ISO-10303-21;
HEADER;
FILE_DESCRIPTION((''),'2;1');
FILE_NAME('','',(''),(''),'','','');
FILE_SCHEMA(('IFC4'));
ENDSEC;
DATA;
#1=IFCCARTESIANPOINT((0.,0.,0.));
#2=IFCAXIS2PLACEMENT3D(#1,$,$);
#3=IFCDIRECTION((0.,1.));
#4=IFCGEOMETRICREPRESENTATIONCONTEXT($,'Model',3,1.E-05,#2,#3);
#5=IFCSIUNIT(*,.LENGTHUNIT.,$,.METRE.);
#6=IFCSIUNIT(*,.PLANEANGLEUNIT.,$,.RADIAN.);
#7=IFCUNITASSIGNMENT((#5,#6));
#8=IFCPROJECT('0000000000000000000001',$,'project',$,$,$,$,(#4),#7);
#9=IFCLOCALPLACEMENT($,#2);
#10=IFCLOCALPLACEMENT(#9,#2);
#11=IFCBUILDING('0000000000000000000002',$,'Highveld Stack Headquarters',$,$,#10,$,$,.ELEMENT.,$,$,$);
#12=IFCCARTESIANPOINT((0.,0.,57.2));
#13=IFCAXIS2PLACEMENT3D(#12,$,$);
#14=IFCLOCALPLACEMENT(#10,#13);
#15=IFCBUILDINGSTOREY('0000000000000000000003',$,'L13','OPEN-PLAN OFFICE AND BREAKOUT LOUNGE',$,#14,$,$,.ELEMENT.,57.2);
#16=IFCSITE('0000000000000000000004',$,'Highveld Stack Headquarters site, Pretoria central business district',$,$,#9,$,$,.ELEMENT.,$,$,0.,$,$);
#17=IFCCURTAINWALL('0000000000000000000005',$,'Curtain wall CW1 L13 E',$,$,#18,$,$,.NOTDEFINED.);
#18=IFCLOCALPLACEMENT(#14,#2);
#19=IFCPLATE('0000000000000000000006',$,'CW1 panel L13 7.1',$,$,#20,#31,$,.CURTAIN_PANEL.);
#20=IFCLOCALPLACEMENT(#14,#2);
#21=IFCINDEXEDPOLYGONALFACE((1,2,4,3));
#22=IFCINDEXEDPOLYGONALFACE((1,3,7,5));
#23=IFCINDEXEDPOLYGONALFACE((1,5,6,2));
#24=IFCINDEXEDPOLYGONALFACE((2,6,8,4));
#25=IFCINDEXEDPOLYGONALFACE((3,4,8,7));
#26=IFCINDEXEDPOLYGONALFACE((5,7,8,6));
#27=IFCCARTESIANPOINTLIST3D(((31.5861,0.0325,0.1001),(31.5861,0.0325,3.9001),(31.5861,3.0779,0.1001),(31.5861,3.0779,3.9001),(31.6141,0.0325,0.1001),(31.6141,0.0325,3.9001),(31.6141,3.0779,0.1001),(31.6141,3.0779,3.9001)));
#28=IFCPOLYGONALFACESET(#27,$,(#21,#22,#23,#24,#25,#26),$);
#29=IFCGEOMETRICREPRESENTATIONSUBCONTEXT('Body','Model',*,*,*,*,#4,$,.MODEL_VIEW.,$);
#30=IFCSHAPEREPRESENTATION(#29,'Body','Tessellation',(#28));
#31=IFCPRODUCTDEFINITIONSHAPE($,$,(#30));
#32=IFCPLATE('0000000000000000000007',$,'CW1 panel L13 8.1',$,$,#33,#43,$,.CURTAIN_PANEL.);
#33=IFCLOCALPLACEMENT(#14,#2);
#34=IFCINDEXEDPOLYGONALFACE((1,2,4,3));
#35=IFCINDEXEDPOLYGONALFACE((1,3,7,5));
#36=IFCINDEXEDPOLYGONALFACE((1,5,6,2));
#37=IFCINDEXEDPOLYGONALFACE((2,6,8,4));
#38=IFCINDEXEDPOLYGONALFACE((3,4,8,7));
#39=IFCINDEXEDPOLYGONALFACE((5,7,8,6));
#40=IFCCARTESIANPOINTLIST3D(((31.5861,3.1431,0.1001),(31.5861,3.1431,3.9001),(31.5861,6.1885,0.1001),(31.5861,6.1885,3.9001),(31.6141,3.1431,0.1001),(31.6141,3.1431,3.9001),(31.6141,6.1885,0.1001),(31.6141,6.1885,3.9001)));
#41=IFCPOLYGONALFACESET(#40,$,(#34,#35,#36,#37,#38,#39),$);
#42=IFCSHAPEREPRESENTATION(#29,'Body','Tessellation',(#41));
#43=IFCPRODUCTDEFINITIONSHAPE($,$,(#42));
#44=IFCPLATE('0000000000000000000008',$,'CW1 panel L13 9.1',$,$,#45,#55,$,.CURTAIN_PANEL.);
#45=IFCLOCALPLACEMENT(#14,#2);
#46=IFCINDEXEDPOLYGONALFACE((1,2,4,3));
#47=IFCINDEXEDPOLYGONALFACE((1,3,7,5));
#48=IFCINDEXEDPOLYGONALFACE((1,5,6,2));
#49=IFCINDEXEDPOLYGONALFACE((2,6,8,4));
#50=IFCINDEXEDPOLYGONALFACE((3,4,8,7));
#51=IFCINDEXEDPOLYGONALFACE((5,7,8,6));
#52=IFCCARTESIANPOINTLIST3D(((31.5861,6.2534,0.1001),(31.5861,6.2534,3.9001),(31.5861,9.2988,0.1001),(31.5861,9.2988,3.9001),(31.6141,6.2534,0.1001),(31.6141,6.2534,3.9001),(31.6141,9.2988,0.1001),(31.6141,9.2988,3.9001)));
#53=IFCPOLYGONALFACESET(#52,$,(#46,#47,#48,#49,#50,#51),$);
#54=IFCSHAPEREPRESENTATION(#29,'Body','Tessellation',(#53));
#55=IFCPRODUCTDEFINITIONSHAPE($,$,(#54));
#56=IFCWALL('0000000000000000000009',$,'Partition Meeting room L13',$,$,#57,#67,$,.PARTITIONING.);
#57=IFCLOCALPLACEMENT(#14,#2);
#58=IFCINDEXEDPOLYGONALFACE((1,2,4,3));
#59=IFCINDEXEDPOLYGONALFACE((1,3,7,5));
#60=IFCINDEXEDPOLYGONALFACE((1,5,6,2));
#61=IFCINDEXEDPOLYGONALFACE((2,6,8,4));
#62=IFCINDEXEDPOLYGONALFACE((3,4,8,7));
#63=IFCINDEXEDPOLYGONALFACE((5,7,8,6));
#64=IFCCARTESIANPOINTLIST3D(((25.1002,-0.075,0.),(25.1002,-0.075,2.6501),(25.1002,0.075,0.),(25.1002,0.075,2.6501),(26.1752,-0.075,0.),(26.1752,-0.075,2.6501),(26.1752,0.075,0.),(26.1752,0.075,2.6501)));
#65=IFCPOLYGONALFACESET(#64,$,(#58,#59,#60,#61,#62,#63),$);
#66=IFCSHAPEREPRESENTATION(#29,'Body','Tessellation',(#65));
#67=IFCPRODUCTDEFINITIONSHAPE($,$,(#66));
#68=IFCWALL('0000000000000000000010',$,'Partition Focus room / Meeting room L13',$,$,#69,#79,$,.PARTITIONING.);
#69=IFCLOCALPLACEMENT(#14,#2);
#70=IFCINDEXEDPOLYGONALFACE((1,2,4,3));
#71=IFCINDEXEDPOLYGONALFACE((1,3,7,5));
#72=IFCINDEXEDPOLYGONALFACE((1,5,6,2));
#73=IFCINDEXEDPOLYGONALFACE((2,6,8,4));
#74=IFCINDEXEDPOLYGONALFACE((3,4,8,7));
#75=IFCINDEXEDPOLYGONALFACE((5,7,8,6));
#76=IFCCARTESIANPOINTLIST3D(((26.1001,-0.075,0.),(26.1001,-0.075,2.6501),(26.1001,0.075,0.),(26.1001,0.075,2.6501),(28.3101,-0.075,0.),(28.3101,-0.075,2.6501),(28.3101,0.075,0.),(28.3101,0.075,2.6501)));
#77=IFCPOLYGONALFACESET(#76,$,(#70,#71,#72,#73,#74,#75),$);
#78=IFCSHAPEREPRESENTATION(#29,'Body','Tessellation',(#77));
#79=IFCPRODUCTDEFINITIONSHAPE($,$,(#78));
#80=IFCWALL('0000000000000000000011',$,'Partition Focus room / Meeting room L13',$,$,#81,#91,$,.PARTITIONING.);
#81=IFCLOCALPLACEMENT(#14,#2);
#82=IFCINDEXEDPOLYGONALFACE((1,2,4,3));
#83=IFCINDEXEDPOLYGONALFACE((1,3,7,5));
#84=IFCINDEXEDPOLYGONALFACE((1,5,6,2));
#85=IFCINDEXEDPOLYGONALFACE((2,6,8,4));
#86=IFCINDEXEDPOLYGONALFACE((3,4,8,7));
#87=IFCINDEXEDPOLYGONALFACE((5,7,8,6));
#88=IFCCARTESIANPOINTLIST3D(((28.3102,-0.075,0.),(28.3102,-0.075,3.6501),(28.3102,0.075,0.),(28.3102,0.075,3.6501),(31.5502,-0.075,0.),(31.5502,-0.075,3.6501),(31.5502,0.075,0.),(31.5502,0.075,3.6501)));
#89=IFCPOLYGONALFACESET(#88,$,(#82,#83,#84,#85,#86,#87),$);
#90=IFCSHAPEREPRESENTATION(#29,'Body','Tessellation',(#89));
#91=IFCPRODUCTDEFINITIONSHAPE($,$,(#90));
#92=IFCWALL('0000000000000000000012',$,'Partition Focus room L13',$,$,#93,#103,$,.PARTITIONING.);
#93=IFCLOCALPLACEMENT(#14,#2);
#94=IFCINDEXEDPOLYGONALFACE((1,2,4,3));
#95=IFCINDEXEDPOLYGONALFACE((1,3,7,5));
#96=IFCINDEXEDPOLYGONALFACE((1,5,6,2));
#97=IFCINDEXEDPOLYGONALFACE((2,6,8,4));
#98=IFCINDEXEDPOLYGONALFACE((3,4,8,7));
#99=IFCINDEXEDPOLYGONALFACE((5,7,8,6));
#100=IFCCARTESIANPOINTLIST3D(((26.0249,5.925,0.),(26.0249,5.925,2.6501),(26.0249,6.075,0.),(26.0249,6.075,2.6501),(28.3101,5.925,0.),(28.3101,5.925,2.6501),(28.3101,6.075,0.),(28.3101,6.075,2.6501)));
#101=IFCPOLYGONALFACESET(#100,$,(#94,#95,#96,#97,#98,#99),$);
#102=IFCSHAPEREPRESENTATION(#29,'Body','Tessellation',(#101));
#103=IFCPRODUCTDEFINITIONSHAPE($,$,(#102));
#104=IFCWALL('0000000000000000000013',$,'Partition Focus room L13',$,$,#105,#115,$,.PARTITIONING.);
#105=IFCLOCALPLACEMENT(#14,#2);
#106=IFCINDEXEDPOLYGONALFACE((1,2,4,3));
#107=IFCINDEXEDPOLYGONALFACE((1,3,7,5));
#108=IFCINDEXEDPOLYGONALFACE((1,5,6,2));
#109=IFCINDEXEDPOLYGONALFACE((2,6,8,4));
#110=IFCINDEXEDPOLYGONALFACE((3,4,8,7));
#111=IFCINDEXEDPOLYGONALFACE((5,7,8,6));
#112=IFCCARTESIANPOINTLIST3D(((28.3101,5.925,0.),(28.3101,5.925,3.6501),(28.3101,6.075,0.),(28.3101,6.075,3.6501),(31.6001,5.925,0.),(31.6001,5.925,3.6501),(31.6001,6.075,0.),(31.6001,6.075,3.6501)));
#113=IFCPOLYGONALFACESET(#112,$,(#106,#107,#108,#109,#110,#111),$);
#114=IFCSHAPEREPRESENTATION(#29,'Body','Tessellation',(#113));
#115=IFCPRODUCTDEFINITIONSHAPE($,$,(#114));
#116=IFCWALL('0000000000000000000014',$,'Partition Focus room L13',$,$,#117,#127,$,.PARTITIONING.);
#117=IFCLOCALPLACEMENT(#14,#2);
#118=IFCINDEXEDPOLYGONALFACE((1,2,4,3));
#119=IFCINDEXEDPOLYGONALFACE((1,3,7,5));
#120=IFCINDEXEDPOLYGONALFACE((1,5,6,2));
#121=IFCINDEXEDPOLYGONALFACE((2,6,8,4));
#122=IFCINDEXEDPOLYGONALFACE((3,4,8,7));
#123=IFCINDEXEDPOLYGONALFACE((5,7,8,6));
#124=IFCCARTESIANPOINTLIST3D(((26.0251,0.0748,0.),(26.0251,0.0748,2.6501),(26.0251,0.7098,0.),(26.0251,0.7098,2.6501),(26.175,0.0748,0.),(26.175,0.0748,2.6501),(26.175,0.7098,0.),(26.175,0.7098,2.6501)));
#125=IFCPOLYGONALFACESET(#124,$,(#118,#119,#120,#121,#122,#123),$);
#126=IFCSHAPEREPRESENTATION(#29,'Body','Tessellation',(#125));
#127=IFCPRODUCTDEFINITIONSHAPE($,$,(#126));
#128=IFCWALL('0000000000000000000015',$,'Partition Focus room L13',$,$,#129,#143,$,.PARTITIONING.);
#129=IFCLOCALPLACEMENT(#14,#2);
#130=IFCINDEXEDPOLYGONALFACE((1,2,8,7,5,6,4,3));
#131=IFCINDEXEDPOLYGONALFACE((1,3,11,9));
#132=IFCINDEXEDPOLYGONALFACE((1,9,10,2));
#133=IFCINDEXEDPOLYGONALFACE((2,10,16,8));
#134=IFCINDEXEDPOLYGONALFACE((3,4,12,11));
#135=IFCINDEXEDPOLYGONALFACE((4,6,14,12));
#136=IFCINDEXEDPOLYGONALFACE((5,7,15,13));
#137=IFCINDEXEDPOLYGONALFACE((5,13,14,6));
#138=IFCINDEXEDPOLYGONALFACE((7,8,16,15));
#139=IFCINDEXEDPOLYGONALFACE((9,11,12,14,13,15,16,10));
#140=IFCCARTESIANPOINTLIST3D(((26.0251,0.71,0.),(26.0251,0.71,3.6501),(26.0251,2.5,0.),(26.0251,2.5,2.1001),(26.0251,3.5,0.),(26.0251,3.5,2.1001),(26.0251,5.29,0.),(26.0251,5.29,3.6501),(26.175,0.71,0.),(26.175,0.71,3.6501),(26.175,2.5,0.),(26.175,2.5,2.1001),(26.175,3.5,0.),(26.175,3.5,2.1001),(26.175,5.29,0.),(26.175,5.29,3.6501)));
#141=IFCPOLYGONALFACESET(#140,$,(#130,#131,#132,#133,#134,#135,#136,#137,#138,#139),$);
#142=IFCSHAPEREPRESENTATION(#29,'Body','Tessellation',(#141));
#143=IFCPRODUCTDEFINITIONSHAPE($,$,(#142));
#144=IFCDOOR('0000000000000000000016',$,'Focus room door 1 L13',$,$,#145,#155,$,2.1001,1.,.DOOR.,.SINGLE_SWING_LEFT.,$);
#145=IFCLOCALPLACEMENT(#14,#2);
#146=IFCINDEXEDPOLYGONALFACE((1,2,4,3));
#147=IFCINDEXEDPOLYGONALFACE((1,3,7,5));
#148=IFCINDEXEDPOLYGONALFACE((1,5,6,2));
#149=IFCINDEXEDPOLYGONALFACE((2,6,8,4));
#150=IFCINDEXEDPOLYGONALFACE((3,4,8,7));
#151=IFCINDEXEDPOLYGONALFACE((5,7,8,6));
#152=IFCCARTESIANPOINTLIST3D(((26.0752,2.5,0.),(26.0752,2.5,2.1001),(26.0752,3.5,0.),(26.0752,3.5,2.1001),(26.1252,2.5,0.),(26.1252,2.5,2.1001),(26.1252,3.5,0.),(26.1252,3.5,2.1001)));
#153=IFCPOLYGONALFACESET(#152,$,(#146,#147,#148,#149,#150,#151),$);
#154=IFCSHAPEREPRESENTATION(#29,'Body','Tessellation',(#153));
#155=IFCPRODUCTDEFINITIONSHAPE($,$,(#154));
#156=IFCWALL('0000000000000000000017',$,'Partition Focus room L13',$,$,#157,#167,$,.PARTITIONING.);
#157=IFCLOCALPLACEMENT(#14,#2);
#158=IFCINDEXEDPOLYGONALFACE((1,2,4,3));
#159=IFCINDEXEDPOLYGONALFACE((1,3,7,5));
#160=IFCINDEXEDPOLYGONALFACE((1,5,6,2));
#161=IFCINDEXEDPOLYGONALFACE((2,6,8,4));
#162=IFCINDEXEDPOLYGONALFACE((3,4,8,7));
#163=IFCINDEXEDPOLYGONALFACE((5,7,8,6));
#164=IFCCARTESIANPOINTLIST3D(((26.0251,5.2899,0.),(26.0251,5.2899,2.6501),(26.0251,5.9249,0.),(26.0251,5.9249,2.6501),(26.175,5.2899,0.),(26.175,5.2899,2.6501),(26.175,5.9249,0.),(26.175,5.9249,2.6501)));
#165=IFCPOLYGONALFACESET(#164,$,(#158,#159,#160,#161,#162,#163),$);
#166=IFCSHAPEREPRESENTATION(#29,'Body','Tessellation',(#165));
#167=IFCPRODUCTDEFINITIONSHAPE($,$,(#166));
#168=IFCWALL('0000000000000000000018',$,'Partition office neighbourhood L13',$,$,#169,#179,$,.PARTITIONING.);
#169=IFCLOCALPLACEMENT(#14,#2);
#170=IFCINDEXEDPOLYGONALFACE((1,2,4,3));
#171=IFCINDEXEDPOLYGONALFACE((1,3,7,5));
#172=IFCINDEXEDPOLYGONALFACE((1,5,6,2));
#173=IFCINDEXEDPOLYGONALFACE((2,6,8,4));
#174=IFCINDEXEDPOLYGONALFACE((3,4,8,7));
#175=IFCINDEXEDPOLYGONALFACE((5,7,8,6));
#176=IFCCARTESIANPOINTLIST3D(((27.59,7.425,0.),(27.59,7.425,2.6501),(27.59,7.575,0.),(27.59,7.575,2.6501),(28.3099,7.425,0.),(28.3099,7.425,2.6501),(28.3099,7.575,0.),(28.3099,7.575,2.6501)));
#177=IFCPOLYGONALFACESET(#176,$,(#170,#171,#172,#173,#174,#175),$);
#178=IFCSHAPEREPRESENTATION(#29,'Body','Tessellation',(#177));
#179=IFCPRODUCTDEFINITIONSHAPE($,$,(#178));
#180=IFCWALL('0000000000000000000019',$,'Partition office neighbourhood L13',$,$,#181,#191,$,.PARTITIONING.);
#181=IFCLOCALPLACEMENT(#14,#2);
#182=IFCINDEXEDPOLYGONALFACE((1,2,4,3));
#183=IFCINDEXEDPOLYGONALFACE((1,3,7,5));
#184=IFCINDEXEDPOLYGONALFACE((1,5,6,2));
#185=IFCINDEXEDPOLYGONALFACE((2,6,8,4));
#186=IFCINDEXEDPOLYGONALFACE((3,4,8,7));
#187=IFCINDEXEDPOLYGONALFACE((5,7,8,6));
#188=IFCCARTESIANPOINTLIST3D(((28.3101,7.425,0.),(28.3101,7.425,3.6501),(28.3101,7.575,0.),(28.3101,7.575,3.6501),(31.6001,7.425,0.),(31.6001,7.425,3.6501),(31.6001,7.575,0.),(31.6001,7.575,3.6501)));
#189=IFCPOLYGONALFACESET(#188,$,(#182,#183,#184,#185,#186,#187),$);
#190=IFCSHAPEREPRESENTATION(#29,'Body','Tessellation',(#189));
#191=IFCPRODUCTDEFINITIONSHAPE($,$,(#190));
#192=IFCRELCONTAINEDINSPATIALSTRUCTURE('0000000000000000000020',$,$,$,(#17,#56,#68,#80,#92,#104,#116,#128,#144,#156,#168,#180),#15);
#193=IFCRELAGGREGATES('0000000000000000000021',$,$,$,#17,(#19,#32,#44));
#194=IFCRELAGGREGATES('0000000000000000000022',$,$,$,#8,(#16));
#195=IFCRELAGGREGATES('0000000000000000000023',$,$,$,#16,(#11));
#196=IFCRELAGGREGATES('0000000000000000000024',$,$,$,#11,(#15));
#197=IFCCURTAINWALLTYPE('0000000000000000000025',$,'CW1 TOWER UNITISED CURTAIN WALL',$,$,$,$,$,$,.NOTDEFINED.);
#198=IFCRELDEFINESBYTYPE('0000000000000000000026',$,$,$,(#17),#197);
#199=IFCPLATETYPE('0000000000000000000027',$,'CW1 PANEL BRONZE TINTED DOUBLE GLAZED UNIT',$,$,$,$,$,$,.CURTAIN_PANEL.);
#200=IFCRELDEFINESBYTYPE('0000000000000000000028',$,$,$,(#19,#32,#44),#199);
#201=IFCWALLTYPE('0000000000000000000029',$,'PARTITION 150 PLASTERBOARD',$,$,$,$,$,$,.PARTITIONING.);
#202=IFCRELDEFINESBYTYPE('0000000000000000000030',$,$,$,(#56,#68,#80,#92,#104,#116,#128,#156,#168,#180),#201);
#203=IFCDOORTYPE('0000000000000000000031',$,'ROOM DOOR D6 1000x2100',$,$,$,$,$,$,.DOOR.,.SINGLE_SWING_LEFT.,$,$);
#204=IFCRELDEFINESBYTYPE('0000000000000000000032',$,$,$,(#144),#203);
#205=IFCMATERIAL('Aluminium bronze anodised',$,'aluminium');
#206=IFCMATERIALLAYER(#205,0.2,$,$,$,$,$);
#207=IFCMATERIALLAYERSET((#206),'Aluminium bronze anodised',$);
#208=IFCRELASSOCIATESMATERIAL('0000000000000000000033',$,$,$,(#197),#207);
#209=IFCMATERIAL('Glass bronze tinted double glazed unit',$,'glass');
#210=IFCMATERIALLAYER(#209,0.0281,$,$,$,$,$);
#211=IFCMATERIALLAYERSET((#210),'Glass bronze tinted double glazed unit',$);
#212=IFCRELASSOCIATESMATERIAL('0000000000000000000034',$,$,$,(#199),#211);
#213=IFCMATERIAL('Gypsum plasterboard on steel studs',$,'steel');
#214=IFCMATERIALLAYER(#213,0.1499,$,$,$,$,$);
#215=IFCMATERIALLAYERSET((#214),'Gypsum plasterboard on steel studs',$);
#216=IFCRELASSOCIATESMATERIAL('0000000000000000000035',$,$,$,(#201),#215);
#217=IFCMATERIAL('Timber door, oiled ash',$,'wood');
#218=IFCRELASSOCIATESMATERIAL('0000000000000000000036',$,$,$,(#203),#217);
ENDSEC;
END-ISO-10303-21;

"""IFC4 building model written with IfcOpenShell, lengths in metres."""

from ifc_helpers import new_model, si_unit, direction, frame, frame_2d, origin, origin_2d, place, context, subcontext, project, spatial, rectangle, extrude, material, layer, layer_set, type_object, element, fill, aggregate, save


model = new_model("IFC4")

# Units and contexts
model_context = context("Model", 3, precision=1e-05, world=origin(), true_north=direction((0.0, 1.0)))
body_context = subcontext(model_context, "Body", "Model", "MODEL_VIEW")
ifc_project = project(units=[si_unit("LENGTHUNIT", "METRE"), si_unit("PLANEANGLEUNIT", "RADIAN")], contexts=[model_context])

# Site, building, storey
site_placement = place(None, origin())
site = spatial("IfcSite", under=ifc_project, at=site_placement, Name="Highveld Stack Headquarters site, Pretoria central business district", CompositionType="ELEMENT", RefElevation=0.0)
building_placement = place(site_placement, origin())
building = spatial("IfcBuilding", under=site, at=building_placement, Name="Highveld Stack Headquarters", CompositionType="ELEMENT")
storey_placement = place(building_placement, frame((0.0, 0.0, 57.2)))
storey = spatial("IfcBuildingStorey", under=building, at=storey_placement, Name="L13", Description="OPEN-PLAN OFFICE AND BREAKOUT LOUNGE", CompositionType="ELEMENT", Elevation=57.2)

# Curtain wall
ifc_material_1 = material(Name="Aluminium bronze anodised", Category="aluminium")
ifc_layer_1 = layer(ifc_material_1, 0.2)
ifc_layer_set_1 = layer_set([ifc_layer_1], Name="Aluminium bronze anodised")
curtain_wall_type = type_object("IfcCurtainWallType", Name="CW1 TOWER UNITISED CURTAIN WALL", PredefinedType="NOTDEFINED", material=ifc_layer_set_1)
curtain_wall_placement = place(storey_placement, origin())
curtain_wall = element("IfcCurtainWall", 1, at=curtain_wall_placement, inside=storey, type_object=curtain_wall_type, Name="Curtain wall CW1 L13 E", PredefinedType="NOTDEFINED")

# Plates
ifc_material_2 = material(Name="Glass bronze tinted double glazed unit", Category="glass")
ifc_layer_2 = layer(ifc_material_2, 0.0281)
ifc_layer_set_2 = layer_set([ifc_layer_2], Name="Glass bronze tinted double glazed unit")
plate_type = type_object("IfcPlateType", Name="CW1 PANEL BRONZE TINTED DOUBLE GLAZED UNIT", PredefinedType="CURTAIN_PANEL", material=ifc_layer_set_2)
plate_1_placement = place(storey_placement, frame((31.6001, 1.5552, 0.1001), z_axis=(0.0, 0.0, 1.0), x_axis=(0.0, 1.0, 0.0)))
plate_1 = element("IfcPlate", 2, at=plate_1_placement, type_object=plate_type, Name="CW1 panel L13 7.1", PredefinedType="CURTAIN_PANEL", context=body_context, shape_type="SweptSolid", body=[
    extrude(rectangle(XDim=3.0454, YDim=0.0281, at=origin_2d()), origin(), (0.0, 0.0, 1.0), 3.8),
])
plate_2_placement = place(storey_placement, frame((31.6001, 4.6658, 0.1001), z_axis=(0.0, 0.0, 1.0), x_axis=(0.0, 1.0, 0.0)))
plate_2 = element("IfcPlate", 3, at=plate_2_placement, type_object=plate_type, Name="CW1 panel L13 8.1", PredefinedType="CURTAIN_PANEL", context=body_context, shape_type="SweptSolid", body=[
    extrude(rectangle(XDim=3.0454, YDim=0.0281, at=origin_2d()), origin(), (0.0, 0.0, 1.0), 3.8),
])
plate_3_placement = place(storey_placement, frame((31.6001, 7.7761, 0.1001), z_axis=(0.0, 0.0, 1.0), x_axis=(0.0, 1.0, 0.0)))
plate_3 = element("IfcPlate", 4, at=plate_3_placement, type_object=plate_type, Name="CW1 panel L13 9.1", PredefinedType="CURTAIN_PANEL", context=body_context, shape_type="SweptSolid", body=[
    extrude(rectangle(XDim=3.0454, YDim=0.0281, at=origin_2d()), origin(), (0.0, 0.0, 1.0), 3.8),
])
aggregate(curtain_wall, [plate_1, plate_2, plate_3])

# Walls
ifc_material_3 = material(Name="Gypsum plasterboard on steel studs", Category="steel")
ifc_layer_3 = layer(ifc_material_3, 0.1499)
ifc_layer_set_3 = layer_set([ifc_layer_3], Name="Gypsum plasterboard on steel studs")
wall_type = type_object("IfcWallType", Name="PARTITION 150 PLASTERBOARD", PredefinedType="PARTITIONING", material=ifc_layer_set_3)
wall_1_placement = place(storey_placement, frame((25.1001, 0.0, 0.0), z_axis=(0.0, 0.0, 1.0), x_axis=(1.0, 0.0, 0.0)))
element("IfcWall", 5, at=wall_1_placement, inside=storey, type_object=wall_type, Name="Partition Meeting room L13", PredefinedType="PARTITIONING", context=body_context, shape_type="SweptSolid", body=[
    extrude(rectangle(XDim=1.075, YDim=0.1499, at=frame_2d((0.5376, 0.0))), origin(), (0.0, 0.0, 1.0), 2.6501),
])
wall_2_placement = place(storey_placement, frame((26.1001, 0.0, 0.0), z_axis=(0.0, 0.0, 1.0), x_axis=(1.0, 0.0, 0.0)))
element("IfcWall", 6, at=wall_2_placement, inside=storey, type_object=wall_type, Name="Partition Focus room / Meeting room L13", PredefinedType="PARTITIONING", context=body_context, shape_type="SweptSolid", body=[
    extrude(rectangle(XDim=2.21, YDim=0.1499, at=frame_2d((1.105, 0.0))), origin(), (0.0, 0.0, 1.0), 2.6501),
])
wall_3_placement = place(storey_placement, frame((28.3101, 0.0, 0.0), z_axis=(0.0, 0.0, 1.0), x_axis=(1.0, 0.0, 0.0)))
element("IfcWall", 7, at=wall_3_placement, inside=storey, type_object=wall_type, Name="Partition Focus room / Meeting room L13", PredefinedType="PARTITIONING", context=body_context, shape_type="SweptSolid", body=[
    extrude(rectangle(XDim=3.24, YDim=0.1499, at=frame_2d((1.6201, 0.0))), origin(), (0.0, 0.0, 1.0), 3.6501),
])
wall_4_placement = place(storey_placement, frame((26.0249, 6.0, 0.0), z_axis=(0.0, 0.0, 1.0), x_axis=(1.0, 0.0, 0.0)))
element("IfcWall", 8, at=wall_4_placement, inside=storey, type_object=wall_type, Name="Partition Focus room L13", PredefinedType="PARTITIONING", context=body_context, shape_type="SweptSolid", body=[
    extrude(rectangle(XDim=2.2852, YDim=0.1499, at=frame_2d((1.1426, 0.0))), origin(), (0.0, 0.0, 1.0), 2.6501),
])
wall_5_placement = place(storey_placement, frame((28.3101, 6.0, 0.0), z_axis=(0.0, 0.0, 1.0), x_axis=(1.0, 0.0, 0.0)))
element("IfcWall", 9, at=wall_5_placement, inside=storey, type_object=wall_type, Name="Partition Focus room L13", PredefinedType="PARTITIONING", context=body_context, shape_type="SweptSolid", body=[
    extrude(rectangle(XDim=3.29, YDim=0.1499, at=frame_2d((1.645, 0.0))), origin(), (0.0, 0.0, 1.0), 3.6501),
])
wall_6_placement = place(storey_placement, frame((26.1001, 0.075, 0.0), z_axis=(0.0, 0.0, 1.0), x_axis=(0.0, 1.0, 0.0)))
element("IfcWall", 10, at=wall_6_placement, inside=storey, type_object=wall_type, Name="Partition Focus room L13", PredefinedType="PARTITIONING", context=body_context, shape_type="SweptSolid", body=[
    extrude(rectangle(XDim=0.635, YDim=0.1499, at=frame_2d((0.3174, 0.0))), origin(), (0.0, 0.0, 1.0), 2.6501),
])

# Wall, opening, door
wall_7_placement = place(storey_placement, frame((26.1001, 0.71, 0.0), z_axis=(0.0, 0.0, 1.0), x_axis=(0.0, 1.0, 0.0)))
wall_7 = element("IfcWall", 11, at=wall_7_placement, inside=storey, type_object=wall_type, Name="Partition Focus room L13", PredefinedType="PARTITIONING", context=body_context, shape_type="SweptSolid", body=[
    extrude(rectangle(XDim=4.5801, YDim=0.1499, at=frame_2d((2.29, 0.0))), origin(), (0.0, 0.0, 1.0), 3.6501),
])
opening_placement = place(wall_7_placement, frame((1.79, 0.0, 0.0)))
opening = element("IfcOpeningElement", 12, at=opening_placement, cuts=wall_7, PredefinedType="OPENING", context=body_context, shape_type="SweptSolid", body=[
    extrude(rectangle(XDim=1.0, YDim=2.1001, at=frame_2d((0.5, 1.05))), frame((0.0, 0.085, 0.0), z_axis=(0.0, -1.0, 0.0), x_axis=(1.0, 0.0, 0.0)), (0.0, 0.0, 1.0), 0.1699),
])
ifc_material_4 = material(Name="Timber door, oiled ash", Category="wood")
door_type = type_object("IfcDoorType", Name="ROOM DOOR D6 1000x2100", OperationType="SINGLE_SWING_LEFT", PredefinedType="DOOR", material=ifc_material_4)
door_placement = place(opening_placement, origin())
door = element("IfcDoor", 13, at=door_placement, inside=storey, type_object=door_type, Name="Focus room door 1 L13", OperationType="SINGLE_SWING_LEFT", OverallHeight=2.1001, OverallWidth=1.0, PredefinedType="DOOR", context=body_context, shape_type="SweptSolid", body=[
    extrude(rectangle(XDim=1.0, YDim=2.1001, at=frame_2d((0.5, 1.05))), frame((0.0, 0.0249, 0.0), z_axis=(0.0, -1.0, 0.0), x_axis=(1.0, 0.0, 0.0)), (0.0, 0.0, 1.0), 0.05),
])
fill(opening, door)

# Walls
wall_8_placement = place(storey_placement, frame((26.1001, 5.29, 0.0), z_axis=(0.0, 0.0, 1.0), x_axis=(0.0, 1.0, 0.0)))
element("IfcWall", 14, at=wall_8_placement, inside=storey, type_object=wall_type, Name="Partition Focus room L13", PredefinedType="PARTITIONING", context=body_context, shape_type="SweptSolid", body=[
    extrude(rectangle(XDim=0.635, YDim=0.1499, at=frame_2d((0.3174, 0.0))), origin(), (0.0, 0.0, 1.0), 2.6501),
])
wall_9_placement = place(storey_placement, frame((27.5901, 7.5, 0.0), z_axis=(0.0, 0.0, 1.0), x_axis=(1.0, 0.0, 0.0)))
element("IfcWall", 15, at=wall_9_placement, inside=storey, type_object=wall_type, Name="Partition office neighbourhood L13", PredefinedType="PARTITIONING", context=body_context, shape_type="SweptSolid", body=[
    extrude(rectangle(XDim=0.72, YDim=0.1499, at=frame_2d((0.3599, 0.0))), origin(), (0.0, 0.0, 1.0), 2.6501),
])
wall_10_placement = place(storey_placement, frame((28.3101, 7.5, 0.0), z_axis=(0.0, 0.0, 1.0), x_axis=(1.0, 0.0, 0.0)))
element("IfcWall", 16, at=wall_10_placement, inside=storey, type_object=wall_type, Name="Partition office neighbourhood L13", PredefinedType="PARTITIONING", context=body_context, shape_type="SweptSolid", body=[
    extrude(rectangle(XDim=3.29, YDim=0.1499, at=frame_2d((1.645, 0.0))), origin(), (0.0, 0.0, 1.0), 3.6501),
])

save(model, "model.ifc")
